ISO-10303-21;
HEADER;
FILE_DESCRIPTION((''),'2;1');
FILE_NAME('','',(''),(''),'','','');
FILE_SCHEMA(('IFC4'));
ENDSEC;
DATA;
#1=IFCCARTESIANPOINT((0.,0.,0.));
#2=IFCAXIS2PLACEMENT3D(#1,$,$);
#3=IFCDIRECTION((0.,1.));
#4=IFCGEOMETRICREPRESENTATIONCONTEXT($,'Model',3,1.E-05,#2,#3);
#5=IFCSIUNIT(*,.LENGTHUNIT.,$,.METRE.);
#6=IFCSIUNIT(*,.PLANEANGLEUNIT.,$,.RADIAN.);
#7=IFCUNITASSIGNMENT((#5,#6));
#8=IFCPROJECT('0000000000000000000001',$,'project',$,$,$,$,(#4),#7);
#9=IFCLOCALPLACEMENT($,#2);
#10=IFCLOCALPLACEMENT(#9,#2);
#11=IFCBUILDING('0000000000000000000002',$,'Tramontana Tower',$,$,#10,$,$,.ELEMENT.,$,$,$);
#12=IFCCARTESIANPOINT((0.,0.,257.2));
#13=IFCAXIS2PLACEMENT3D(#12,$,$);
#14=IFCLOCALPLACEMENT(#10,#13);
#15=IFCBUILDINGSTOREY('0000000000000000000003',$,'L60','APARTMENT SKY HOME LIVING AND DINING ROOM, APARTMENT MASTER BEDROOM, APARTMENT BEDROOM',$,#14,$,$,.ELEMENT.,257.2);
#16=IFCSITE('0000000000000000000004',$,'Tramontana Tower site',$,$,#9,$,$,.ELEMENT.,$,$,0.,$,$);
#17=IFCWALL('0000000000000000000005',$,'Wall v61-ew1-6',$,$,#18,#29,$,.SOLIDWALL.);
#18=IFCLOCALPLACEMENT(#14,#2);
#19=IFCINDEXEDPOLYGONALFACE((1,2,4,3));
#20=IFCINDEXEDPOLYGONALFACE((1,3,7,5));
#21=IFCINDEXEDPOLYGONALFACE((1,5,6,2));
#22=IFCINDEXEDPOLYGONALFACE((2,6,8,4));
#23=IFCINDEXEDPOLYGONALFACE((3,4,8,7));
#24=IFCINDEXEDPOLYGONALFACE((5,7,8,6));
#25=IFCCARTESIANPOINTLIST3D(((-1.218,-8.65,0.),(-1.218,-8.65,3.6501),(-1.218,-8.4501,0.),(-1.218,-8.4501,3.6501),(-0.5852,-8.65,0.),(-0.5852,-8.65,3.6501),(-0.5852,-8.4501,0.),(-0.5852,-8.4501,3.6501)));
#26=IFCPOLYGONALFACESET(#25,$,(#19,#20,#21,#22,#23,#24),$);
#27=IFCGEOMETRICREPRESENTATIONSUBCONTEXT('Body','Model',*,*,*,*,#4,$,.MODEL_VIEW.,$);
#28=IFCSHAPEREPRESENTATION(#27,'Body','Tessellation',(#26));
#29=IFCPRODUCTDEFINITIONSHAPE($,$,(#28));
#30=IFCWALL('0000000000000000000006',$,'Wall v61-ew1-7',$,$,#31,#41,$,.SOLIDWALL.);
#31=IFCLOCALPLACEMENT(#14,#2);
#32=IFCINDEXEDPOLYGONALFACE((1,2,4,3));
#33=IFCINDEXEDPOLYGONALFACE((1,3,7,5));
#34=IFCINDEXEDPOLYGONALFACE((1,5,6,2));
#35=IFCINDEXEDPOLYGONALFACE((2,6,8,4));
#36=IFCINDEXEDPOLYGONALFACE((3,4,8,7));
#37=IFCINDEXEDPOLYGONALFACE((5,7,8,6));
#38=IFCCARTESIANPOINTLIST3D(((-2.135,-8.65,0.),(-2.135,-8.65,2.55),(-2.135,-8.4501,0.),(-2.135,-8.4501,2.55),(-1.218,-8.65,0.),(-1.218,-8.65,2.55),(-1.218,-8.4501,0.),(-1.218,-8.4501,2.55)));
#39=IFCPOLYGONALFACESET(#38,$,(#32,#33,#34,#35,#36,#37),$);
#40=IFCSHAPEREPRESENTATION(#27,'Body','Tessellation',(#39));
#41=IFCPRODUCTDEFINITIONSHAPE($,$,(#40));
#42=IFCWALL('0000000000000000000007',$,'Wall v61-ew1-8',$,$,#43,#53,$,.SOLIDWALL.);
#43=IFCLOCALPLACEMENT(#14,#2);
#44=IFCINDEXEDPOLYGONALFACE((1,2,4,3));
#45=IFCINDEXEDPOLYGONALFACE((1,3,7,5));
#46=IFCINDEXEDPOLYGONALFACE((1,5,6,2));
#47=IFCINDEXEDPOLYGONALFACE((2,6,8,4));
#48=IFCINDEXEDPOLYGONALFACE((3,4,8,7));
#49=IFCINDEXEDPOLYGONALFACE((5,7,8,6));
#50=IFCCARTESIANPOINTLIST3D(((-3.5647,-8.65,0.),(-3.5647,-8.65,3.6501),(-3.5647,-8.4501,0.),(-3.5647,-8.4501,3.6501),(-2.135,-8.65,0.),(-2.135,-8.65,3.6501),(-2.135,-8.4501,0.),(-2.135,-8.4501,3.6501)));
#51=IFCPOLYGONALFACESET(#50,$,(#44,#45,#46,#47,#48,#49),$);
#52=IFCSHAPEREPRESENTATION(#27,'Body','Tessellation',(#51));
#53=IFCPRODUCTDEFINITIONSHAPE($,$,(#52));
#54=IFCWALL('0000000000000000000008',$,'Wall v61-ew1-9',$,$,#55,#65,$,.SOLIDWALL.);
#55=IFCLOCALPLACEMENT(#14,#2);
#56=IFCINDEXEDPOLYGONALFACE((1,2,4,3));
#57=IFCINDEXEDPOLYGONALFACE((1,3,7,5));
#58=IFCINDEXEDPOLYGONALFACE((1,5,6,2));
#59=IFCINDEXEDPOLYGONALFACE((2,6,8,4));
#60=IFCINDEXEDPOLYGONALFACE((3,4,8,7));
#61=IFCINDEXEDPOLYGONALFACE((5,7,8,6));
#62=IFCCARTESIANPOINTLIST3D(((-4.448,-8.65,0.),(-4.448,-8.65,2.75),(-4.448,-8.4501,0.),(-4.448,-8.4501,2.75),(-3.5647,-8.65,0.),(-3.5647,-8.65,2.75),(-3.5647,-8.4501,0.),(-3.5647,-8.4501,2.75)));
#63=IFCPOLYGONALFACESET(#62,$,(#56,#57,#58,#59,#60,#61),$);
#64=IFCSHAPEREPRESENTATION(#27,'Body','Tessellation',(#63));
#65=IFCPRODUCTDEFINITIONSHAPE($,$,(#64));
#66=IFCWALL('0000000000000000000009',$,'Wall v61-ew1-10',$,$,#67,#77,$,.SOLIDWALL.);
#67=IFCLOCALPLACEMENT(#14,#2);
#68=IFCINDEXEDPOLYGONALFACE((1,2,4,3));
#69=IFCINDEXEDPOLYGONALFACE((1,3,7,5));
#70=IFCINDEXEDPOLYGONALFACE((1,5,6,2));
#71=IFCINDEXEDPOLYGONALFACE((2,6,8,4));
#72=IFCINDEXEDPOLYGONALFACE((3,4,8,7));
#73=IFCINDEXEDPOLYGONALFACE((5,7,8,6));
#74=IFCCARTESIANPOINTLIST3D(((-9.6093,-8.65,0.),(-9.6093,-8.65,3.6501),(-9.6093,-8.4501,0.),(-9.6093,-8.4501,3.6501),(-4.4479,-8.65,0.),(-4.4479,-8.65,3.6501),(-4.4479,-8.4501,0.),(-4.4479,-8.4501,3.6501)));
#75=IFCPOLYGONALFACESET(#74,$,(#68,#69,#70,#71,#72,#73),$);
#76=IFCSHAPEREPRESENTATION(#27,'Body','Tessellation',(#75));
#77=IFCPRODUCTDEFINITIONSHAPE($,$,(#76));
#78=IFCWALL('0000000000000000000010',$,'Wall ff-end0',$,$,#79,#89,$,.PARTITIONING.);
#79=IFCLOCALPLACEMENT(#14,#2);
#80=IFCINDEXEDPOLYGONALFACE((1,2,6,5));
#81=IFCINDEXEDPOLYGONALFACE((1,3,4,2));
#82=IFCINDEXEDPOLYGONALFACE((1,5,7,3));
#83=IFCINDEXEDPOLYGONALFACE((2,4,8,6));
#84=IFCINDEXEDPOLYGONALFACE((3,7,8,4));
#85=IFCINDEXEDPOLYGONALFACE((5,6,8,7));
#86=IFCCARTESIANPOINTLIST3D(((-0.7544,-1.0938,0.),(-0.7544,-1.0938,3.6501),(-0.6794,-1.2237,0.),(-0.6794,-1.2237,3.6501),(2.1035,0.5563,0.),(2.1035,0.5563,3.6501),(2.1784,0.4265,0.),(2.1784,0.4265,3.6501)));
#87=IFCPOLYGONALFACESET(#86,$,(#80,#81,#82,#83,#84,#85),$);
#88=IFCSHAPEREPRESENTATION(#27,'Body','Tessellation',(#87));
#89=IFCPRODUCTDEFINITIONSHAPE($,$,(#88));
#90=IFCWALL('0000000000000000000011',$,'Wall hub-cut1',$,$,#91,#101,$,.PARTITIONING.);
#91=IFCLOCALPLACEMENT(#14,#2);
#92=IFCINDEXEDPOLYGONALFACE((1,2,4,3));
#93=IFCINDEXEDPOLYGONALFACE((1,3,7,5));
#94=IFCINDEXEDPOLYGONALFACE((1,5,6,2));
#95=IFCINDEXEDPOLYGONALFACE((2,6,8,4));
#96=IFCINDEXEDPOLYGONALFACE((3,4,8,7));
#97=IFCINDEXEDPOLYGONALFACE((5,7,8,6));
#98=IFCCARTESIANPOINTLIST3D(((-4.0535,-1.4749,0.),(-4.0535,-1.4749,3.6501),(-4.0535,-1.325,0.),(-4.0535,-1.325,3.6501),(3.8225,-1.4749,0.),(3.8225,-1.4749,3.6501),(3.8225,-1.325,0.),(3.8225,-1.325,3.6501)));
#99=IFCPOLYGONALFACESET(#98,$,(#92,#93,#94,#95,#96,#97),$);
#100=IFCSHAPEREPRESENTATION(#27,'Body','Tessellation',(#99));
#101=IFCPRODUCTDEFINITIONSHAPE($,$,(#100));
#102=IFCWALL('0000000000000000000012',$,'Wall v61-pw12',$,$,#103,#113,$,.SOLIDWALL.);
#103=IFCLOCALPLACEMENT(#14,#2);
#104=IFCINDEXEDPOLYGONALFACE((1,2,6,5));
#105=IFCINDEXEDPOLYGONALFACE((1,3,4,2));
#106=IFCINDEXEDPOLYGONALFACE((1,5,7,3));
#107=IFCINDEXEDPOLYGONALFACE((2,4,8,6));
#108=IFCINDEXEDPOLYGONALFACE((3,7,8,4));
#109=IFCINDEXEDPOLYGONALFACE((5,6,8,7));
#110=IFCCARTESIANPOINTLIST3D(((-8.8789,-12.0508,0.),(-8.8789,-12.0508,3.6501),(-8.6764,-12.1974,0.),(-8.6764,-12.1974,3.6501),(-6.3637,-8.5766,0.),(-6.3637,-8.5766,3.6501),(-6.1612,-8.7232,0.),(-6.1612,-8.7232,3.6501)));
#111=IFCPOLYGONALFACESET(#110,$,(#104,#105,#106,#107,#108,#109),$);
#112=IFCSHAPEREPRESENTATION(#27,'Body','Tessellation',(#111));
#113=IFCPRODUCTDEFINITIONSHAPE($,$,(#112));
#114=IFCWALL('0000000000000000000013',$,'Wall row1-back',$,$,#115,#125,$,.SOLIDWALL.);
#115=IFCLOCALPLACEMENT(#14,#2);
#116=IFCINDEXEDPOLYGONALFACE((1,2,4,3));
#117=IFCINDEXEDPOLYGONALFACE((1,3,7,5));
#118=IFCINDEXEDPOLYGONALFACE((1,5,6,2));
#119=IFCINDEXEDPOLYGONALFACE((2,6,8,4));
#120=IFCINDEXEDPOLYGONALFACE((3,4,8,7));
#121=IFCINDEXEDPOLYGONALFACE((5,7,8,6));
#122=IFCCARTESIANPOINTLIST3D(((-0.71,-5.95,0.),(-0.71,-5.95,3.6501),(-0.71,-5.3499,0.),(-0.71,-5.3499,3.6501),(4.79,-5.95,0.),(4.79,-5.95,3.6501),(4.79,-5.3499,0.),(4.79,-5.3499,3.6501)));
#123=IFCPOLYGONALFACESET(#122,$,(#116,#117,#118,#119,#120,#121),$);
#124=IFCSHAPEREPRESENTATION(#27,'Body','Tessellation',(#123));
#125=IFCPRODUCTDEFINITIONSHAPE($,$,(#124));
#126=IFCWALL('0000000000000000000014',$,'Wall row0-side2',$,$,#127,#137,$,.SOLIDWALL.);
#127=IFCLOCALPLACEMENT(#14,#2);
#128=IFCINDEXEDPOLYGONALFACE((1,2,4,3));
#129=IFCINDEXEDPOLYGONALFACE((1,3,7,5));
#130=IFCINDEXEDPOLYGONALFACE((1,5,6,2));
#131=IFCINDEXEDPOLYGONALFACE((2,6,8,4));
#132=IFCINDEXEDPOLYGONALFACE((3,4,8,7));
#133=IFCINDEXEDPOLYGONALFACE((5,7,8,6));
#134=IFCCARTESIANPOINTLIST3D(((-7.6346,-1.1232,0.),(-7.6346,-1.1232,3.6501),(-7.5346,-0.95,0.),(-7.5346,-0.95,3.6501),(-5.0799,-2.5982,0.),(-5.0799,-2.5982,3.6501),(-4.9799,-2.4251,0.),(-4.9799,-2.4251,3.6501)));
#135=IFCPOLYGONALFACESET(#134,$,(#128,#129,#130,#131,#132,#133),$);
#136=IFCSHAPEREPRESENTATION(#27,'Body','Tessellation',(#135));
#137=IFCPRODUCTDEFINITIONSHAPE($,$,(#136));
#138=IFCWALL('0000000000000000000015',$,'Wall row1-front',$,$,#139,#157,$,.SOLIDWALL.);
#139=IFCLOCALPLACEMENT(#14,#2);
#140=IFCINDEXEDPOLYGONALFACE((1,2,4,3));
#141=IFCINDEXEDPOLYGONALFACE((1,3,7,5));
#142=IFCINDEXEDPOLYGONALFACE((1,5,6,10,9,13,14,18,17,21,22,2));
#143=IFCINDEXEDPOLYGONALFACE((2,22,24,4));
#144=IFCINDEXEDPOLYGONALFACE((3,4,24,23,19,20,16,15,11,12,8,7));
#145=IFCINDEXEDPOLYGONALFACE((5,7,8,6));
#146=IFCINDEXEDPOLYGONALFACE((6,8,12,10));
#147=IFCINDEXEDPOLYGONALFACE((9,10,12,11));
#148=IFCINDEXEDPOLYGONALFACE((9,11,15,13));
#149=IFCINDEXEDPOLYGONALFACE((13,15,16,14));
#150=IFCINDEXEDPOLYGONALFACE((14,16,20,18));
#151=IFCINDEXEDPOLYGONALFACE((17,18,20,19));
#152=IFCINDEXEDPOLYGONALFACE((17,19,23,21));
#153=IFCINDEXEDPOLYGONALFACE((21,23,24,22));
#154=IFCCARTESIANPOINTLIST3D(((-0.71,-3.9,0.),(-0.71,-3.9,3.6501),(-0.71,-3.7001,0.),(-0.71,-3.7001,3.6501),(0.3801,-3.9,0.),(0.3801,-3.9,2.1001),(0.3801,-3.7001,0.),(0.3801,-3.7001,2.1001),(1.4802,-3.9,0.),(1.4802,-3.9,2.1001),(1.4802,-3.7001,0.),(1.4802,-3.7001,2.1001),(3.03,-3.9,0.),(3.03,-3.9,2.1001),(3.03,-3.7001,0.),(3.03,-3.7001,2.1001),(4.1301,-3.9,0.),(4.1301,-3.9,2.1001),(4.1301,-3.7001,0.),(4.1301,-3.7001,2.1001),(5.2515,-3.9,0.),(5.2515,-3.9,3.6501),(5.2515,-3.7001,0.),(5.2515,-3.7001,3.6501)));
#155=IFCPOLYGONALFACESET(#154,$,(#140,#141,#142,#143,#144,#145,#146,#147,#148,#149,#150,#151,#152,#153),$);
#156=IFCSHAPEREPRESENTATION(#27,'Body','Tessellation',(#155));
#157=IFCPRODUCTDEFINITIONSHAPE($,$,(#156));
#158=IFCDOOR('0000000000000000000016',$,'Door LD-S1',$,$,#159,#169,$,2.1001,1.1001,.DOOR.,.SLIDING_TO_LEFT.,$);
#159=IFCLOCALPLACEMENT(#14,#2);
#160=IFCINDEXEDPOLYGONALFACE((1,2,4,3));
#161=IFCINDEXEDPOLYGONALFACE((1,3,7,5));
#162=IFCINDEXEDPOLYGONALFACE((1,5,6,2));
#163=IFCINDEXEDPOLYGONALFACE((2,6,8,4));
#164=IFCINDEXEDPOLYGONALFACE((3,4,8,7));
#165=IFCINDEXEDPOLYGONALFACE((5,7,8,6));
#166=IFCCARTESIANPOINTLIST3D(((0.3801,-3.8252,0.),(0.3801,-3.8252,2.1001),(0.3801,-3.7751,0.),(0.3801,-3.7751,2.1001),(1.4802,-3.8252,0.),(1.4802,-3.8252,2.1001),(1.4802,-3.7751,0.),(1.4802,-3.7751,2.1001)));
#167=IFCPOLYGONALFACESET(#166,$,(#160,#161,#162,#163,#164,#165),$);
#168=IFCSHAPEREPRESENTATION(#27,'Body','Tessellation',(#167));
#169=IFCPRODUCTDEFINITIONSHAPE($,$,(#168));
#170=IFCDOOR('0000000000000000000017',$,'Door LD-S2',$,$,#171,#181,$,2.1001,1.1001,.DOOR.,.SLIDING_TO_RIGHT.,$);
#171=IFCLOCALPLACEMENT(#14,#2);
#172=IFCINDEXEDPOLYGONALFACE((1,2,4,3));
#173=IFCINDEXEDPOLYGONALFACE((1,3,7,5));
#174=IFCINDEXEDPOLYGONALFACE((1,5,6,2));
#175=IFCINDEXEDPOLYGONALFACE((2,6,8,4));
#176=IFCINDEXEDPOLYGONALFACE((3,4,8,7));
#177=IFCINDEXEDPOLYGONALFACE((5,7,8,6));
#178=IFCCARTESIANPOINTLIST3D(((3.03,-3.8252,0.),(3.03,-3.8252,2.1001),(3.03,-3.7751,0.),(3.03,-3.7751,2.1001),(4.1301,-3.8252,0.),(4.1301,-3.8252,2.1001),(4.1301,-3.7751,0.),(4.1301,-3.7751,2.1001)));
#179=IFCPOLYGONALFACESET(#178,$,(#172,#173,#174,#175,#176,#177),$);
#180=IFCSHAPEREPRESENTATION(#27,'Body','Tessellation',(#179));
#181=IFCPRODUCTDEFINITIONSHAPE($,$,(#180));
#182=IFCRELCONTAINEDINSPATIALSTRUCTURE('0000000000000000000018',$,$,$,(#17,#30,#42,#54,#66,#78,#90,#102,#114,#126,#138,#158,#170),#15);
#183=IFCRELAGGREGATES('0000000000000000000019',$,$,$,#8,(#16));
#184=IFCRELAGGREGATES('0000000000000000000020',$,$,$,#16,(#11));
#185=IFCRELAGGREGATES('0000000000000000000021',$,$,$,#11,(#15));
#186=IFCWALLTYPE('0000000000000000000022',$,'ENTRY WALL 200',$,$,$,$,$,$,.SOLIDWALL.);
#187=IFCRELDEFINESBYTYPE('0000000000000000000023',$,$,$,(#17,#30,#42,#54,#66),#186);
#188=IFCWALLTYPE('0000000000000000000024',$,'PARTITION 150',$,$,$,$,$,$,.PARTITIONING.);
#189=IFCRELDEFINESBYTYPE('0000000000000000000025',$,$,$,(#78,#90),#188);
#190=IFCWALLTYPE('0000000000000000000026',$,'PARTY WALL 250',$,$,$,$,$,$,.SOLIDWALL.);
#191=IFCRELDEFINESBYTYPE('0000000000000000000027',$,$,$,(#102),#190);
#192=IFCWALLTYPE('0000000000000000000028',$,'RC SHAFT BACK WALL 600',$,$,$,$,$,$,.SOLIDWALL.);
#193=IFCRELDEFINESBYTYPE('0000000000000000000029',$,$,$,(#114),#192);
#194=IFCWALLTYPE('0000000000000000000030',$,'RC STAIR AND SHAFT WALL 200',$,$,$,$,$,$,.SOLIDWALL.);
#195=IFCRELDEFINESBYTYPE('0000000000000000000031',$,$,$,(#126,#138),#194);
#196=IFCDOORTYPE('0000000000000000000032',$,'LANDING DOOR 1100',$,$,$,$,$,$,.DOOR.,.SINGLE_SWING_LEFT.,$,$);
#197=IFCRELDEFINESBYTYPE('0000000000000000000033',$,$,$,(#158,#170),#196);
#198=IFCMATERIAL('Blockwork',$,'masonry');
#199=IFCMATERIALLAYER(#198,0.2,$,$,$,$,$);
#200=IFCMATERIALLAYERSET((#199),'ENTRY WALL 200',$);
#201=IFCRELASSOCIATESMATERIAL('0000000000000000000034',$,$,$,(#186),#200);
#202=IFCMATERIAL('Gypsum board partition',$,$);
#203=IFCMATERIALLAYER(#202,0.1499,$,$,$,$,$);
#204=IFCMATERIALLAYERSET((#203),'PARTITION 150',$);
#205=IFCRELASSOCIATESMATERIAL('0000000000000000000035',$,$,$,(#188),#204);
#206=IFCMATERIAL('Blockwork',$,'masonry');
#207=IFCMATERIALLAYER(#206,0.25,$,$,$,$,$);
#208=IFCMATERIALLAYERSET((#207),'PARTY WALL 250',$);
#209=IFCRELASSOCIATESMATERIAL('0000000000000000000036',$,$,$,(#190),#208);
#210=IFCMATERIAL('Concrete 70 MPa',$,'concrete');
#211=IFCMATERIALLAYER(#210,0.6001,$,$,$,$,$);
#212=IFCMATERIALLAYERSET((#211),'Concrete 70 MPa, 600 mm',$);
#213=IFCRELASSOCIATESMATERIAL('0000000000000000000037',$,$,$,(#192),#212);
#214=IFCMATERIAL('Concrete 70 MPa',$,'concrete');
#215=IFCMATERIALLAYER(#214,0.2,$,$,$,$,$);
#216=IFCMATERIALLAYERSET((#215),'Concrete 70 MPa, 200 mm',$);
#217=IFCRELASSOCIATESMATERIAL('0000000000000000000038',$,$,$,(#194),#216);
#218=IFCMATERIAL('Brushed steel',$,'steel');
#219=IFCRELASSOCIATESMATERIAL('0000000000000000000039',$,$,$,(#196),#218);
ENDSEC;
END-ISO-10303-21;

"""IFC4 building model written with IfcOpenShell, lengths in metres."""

from ifc_helpers import new_model, si_unit, direction, frame, frame_2d, origin, place, context, subcontext, project, spatial, rectangle, extrude, material, layer, layer_set, type_object, element, fill, save


model = new_model("IFC4")

# Units and contexts
model_context = context("Model", 3, precision=1e-05, world=origin(), true_north=direction((0.0, 1.0)))
body_context = subcontext(model_context, "Body", "Model", "MODEL_VIEW")
ifc_project = project(units=[si_unit("LENGTHUNIT", "METRE"), si_unit("PLANEANGLEUNIT", "RADIAN")], contexts=[model_context])

# Site, building, storey
site_placement = place(None, origin())
site = spatial("IfcSite", under=ifc_project, at=site_placement, Name="Tramontana Tower site", CompositionType="ELEMENT", RefElevation=0.0)
building_placement = place(site_placement, origin())
building = spatial("IfcBuilding", under=site, at=building_placement, Name="Tramontana Tower", CompositionType="ELEMENT")
storey_placement = place(building_placement, frame((0.0, 0.0, 257.2)))
storey = spatial("IfcBuildingStorey", under=building, at=storey_placement, Name="L60", Description="APARTMENT SKY HOME LIVING AND DINING ROOM, APARTMENT MASTER BEDROOM, APARTMENT BEDROOM", CompositionType="ELEMENT", Elevation=257.2)

# Walls
ifc_material_1 = material(Name="Blockwork", Category="masonry")
ifc_layer_1 = layer(ifc_material_1, 0.2)
ifc_layer_set_1 = layer_set([ifc_layer_1], Name="ENTRY WALL 200")
wall_type_1 = type_object("IfcWallType", Name="ENTRY WALL 200", PredefinedType="SOLIDWALL", material=ifc_layer_set_1)
wall_1_placement = place(storey_placement, frame((-0.5852, -8.55, 0.0), z_axis=(0.0, 0.0, 1.0), x_axis=(-1.0, 0.0, 0.0)))
element("IfcWall", 1, at=wall_1_placement, inside=storey, type_object=wall_type_1, Name="Wall v61-ew1-6", PredefinedType="SOLIDWALL", context=body_context, shape_type="SweptSolid", body=[
    extrude(rectangle(XDim=0.6328, YDim=0.2, at=frame_2d((0.3164, 0.0))), origin(), (0.0, 0.0, 1.0), 3.6501),
])
wall_2_placement = place(storey_placement, frame((-1.218, -8.55, 0.0), z_axis=(0.0, 0.0, 1.0), x_axis=(-1.0, 0.0, 0.0)))
element("IfcWall", 2, at=wall_2_placement, inside=storey, type_object=wall_type_1, Name="Wall v61-ew1-7", PredefinedType="SOLIDWALL", context=body_context, shape_type="SweptSolid", body=[
    extrude(rectangle(XDim=0.917, YDim=0.2, at=frame_2d((0.4585, 0.0))), origin(), (0.0, 0.0, 1.0), 2.55),
])
wall_3_placement = place(storey_placement, frame((-2.135, -8.55, 0.0), z_axis=(0.0, 0.0, 1.0), x_axis=(-1.0, 0.0, 0.0)))
element("IfcWall", 3, at=wall_3_placement, inside=storey, type_object=wall_type_1, Name="Wall v61-ew1-8", PredefinedType="SOLIDWALL", context=body_context, shape_type="SweptSolid", body=[
    extrude(rectangle(XDim=1.4297, YDim=0.2, at=frame_2d((0.7148, 0.0))), origin(), (0.0, 0.0, 1.0), 3.6501),
])
wall_4_placement = place(storey_placement, frame((-3.5647, -8.55, 0.0), z_axis=(0.0, 0.0, 1.0), x_axis=(-1.0, 0.0, 0.0)))
element("IfcWall", 4, at=wall_4_placement, inside=storey, type_object=wall_type_1, Name="Wall v61-ew1-9", PredefinedType="SOLIDWALL", context=body_context, shape_type="SweptSolid", body=[
    extrude(rectangle(XDim=0.8833, YDim=0.2, at=frame_2d((0.4417, 0.0))), origin(), (0.0, 0.0, 1.0), 2.75),
])
wall_5_placement = place(storey_placement, frame((-4.448, -8.55, 0.0), z_axis=(0.0, 0.0, 1.0), x_axis=(-1.0, 0.0, 0.0)))
element("IfcWall", 5, at=wall_5_placement, inside=storey, type_object=wall_type_1, Name="Wall v61-ew1-10", PredefinedType="SOLIDWALL", context=body_context, shape_type="SweptSolid", body=[
    extrude(rectangle(XDim=5.1614, YDim=0.2, at=frame_2d((2.5806, 0.0))), origin(), (0.0, 0.0, 1.0), 3.6501),
])

# Shared definitions
ifc_material_2 = material(Name="Gypsum board partition")
ifc_layer_2 = layer(ifc_material_2, 0.1499)
ifc_layer_set_2 = layer_set([ifc_layer_2], Name="PARTITION 150")
wall_type_2 = type_object("IfcWallType", Name="PARTITION 150", PredefinedType="PARTITIONING", material=ifc_layer_set_2)

# Walls
wall_6_placement = place(storey_placement, frame((-0.7168, -1.1587, 0.0), z_axis=(0.0, 0.0, 1.0), x_axis=(0.866008, 0.50003, 0.0)))
element("IfcWall", 6, at=wall_6_placement, inside=storey, type_object=wall_type_2, Name="Wall ff-end0", PredefinedType="PARTITIONING", context=body_context, shape_type="SweptSolid", body=[
    extrude(rectangle(XDim=3.3, YDim=0.1499, at=frame_2d((1.6499, 0.0))), origin(), (0.0, 0.0, 1.0), 3.6501),
])
wall_7_placement = place(storey_placement, frame((-4.0535, -1.3999, 0.0), z_axis=(0.0, 0.0, 1.0), x_axis=(1.0, 0.0, 0.0)))
element("IfcWall", 7, at=wall_7_placement, inside=storey, type_object=wall_type_2, Name="Wall hub-cut1", PredefinedType="PARTITIONING", context=body_context, shape_type="SweptSolid", body=[
    extrude(rectangle(XDim=7.876, YDim=0.1499, at=frame_2d((3.938, 0.0))), origin(), (0.0, 0.0, 1.0), 3.6501),
])
ifc_material_3 = material(Name="Blockwork", Category="masonry")
ifc_layer_3 = layer(ifc_material_3, 0.25)
ifc_layer_set_3 = layer_set([ifc_layer_3], Name="PARTY WALL 250")
wall_type_3 = type_object("IfcWallType", Name="PARTY WALL 250", PredefinedType="SOLIDWALL", material=ifc_layer_set_3)
wall_8_placement = place(storey_placement, frame((-6.2625, -8.6499, 0.0), z_axis=(0.0, 0.0, 1.0), x_axis=(-0.586417, -0.810009, 0.0)))
element("IfcWall", 8, at=wall_8_placement, inside=storey, type_object=wall_type_3, Name="Wall v61-pw12", PredefinedType="SOLIDWALL", context=body_context, shape_type="SweptSolid", body=[
    extrude(rectangle(XDim=4.2891, YDim=0.25, at=frame_2d((2.1445, 0.0))), origin(), (0.0, 0.0, 1.0), 3.6501),
])
ifc_material_4 = material(Name="Concrete 70 MPa", Category="concrete")
ifc_layer_4 = layer(ifc_material_4, 0.6001)
ifc_layer_set_4 = layer_set([ifc_layer_4], Name="Concrete 70 MPa, 600 mm")
wall_type_4 = type_object("IfcWallType", Name="RC SHAFT BACK WALL 600", PredefinedType="SOLIDWALL", material=ifc_layer_set_4)
wall_9_placement = place(storey_placement, frame((-0.71, -5.6499, 0.0), z_axis=(0.0, 0.0, 1.0), x_axis=(1.0, 0.0, 0.0)))
element("IfcWall", 9, at=wall_9_placement, inside=storey, type_object=wall_type_4, Name="Wall row1-back", PredefinedType="SOLIDWALL", context=body_context, shape_type="SweptSolid", body=[
    extrude(rectangle(XDim=5.5, YDim=0.6001, at=frame_2d((2.75, 0.0))), origin(), (0.0, 0.0, 1.0), 3.6501),
])

# Shared definitions
ifc_material_5 = material(Name="Concrete 70 MPa", Category="concrete")
ifc_layer_5 = layer(ifc_material_5, 0.2)
ifc_layer_set_5 = layer_set([ifc_layer_5], Name="Concrete 70 MPa, 200 mm")
wall_type_5 = type_object("IfcWallType", Name="RC STAIR AND SHAFT WALL 200", PredefinedType="SOLIDWALL", material=ifc_layer_set_5)

# Wall
wall_10_placement = place(storey_placement, frame((-5.0298, -2.5117, 0.0), z_axis=(0.0, 0.0, 1.0), x_axis=(-0.866004, 0.500038, 0.0)))
element("IfcWall", 10, at=wall_10_placement, inside=storey, type_object=wall_type_5, Name="Wall row0-side2", PredefinedType="SOLIDWALL", context=body_context, shape_type="SweptSolid", body=[
    extrude(rectangle(XDim=2.95, YDim=0.2, at=frame_2d((1.4751, 0.0))), origin(), (0.0, 0.0, 1.0), 3.6501),
])

# Wall, openings, doors
wall_11_placement = place(storey_placement, frame((-0.71, -3.8, 0.0), z_axis=(0.0, 0.0, 1.0), x_axis=(1.0, 0.0, 0.0)))
wall_11 = element("IfcWall", 11, at=wall_11_placement, inside=storey, type_object=wall_type_5, Name="Wall row1-front", PredefinedType="SOLIDWALL", context=body_context, shape_type="SweptSolid", body=[
    extrude(rectangle(XDim=5.9614, YDim=0.2, at=frame_2d((2.9807, 0.0))), origin(), (0.0, 0.0, 1.0), 3.6501),
])
opening_1_placement = place(wall_11_placement, frame((1.0901, 0.0, 0.0)))
opening_1 = element("IfcOpeningElement", 12, at=opening_1_placement, cuts=wall_11, PredefinedType="OPENING", context=body_context, shape_type="SweptSolid", body=[
    extrude(rectangle(XDim=1.1001, YDim=2.1001, at=frame_2d((0.55, 1.05))), frame((0.0, 0.1099, 0.0), z_axis=(0.0, -1.0, 0.0), x_axis=(1.0, 0.0, 0.0)), (0.0, 0.0, 1.0), 0.22),
])
opening_2_placement = place(wall_11_placement, frame((3.74, 0.0, 0.0)))
opening_2 = element("IfcOpeningElement", 13, at=opening_2_placement, cuts=wall_11, PredefinedType="OPENING", context=body_context, shape_type="SweptSolid", body=[
    extrude(rectangle(XDim=1.1001, YDim=2.1001, at=frame_2d((0.55, 1.05))), frame((0.0, 0.1099, 0.0), z_axis=(0.0, -1.0, 0.0), x_axis=(1.0, 0.0, 0.0)), (0.0, 0.0, 1.0), 0.22),
])
ifc_material_6 = material(Name="Brushed steel", Category="steel")
door_type_1 = type_object("IfcDoorType", Name="LANDING DOOR 1100", OperationType="SINGLE_SWING_LEFT", PredefinedType="DOOR", material=ifc_material_6)
door_1_placement = place(opening_1_placement, origin())
door_1 = element("IfcDoor", 14, at=door_1_placement, inside=storey, type_object=door_type_1, Name="Door LD-S1", OperationType="SLIDING_TO_LEFT", OverallHeight=2.1001, OverallWidth=1.1001, PredefinedType="DOOR", context=body_context, shape_type="SweptSolid", body=[
    extrude(rectangle(XDim=1.1001, YDim=2.1001, at=frame_2d((0.55, 1.05))), frame((0.0, 0.0249, 0.0), z_axis=(0.0, -1.0, 0.0), x_axis=(1.0, 0.0, 0.0)), (0.0, 0.0, 1.0), 0.05),
])
fill(opening_1, door_1)
door_2_placement = place(opening_2_placement, origin())
door_2 = element("IfcDoor", 15, at=door_2_placement, inside=storey, type_object=door_type_1, Name="Door LD-S2", OperationType="SLIDING_TO_RIGHT", OverallHeight=2.1001, OverallWidth=1.1001, PredefinedType="DOOR", context=body_context, shape_type="SweptSolid", body=[
    extrude(rectangle(XDim=1.1001, YDim=2.1001, at=frame_2d((0.55, 1.05))), frame((0.0, 0.0249, 0.0), z_axis=(0.0, -1.0, 0.0), x_axis=(1.0, 0.0, 0.0)), (0.0, 0.0, 1.0), 0.05),
])
fill(opening_2, door_2)

save(model, "model.ifc")
